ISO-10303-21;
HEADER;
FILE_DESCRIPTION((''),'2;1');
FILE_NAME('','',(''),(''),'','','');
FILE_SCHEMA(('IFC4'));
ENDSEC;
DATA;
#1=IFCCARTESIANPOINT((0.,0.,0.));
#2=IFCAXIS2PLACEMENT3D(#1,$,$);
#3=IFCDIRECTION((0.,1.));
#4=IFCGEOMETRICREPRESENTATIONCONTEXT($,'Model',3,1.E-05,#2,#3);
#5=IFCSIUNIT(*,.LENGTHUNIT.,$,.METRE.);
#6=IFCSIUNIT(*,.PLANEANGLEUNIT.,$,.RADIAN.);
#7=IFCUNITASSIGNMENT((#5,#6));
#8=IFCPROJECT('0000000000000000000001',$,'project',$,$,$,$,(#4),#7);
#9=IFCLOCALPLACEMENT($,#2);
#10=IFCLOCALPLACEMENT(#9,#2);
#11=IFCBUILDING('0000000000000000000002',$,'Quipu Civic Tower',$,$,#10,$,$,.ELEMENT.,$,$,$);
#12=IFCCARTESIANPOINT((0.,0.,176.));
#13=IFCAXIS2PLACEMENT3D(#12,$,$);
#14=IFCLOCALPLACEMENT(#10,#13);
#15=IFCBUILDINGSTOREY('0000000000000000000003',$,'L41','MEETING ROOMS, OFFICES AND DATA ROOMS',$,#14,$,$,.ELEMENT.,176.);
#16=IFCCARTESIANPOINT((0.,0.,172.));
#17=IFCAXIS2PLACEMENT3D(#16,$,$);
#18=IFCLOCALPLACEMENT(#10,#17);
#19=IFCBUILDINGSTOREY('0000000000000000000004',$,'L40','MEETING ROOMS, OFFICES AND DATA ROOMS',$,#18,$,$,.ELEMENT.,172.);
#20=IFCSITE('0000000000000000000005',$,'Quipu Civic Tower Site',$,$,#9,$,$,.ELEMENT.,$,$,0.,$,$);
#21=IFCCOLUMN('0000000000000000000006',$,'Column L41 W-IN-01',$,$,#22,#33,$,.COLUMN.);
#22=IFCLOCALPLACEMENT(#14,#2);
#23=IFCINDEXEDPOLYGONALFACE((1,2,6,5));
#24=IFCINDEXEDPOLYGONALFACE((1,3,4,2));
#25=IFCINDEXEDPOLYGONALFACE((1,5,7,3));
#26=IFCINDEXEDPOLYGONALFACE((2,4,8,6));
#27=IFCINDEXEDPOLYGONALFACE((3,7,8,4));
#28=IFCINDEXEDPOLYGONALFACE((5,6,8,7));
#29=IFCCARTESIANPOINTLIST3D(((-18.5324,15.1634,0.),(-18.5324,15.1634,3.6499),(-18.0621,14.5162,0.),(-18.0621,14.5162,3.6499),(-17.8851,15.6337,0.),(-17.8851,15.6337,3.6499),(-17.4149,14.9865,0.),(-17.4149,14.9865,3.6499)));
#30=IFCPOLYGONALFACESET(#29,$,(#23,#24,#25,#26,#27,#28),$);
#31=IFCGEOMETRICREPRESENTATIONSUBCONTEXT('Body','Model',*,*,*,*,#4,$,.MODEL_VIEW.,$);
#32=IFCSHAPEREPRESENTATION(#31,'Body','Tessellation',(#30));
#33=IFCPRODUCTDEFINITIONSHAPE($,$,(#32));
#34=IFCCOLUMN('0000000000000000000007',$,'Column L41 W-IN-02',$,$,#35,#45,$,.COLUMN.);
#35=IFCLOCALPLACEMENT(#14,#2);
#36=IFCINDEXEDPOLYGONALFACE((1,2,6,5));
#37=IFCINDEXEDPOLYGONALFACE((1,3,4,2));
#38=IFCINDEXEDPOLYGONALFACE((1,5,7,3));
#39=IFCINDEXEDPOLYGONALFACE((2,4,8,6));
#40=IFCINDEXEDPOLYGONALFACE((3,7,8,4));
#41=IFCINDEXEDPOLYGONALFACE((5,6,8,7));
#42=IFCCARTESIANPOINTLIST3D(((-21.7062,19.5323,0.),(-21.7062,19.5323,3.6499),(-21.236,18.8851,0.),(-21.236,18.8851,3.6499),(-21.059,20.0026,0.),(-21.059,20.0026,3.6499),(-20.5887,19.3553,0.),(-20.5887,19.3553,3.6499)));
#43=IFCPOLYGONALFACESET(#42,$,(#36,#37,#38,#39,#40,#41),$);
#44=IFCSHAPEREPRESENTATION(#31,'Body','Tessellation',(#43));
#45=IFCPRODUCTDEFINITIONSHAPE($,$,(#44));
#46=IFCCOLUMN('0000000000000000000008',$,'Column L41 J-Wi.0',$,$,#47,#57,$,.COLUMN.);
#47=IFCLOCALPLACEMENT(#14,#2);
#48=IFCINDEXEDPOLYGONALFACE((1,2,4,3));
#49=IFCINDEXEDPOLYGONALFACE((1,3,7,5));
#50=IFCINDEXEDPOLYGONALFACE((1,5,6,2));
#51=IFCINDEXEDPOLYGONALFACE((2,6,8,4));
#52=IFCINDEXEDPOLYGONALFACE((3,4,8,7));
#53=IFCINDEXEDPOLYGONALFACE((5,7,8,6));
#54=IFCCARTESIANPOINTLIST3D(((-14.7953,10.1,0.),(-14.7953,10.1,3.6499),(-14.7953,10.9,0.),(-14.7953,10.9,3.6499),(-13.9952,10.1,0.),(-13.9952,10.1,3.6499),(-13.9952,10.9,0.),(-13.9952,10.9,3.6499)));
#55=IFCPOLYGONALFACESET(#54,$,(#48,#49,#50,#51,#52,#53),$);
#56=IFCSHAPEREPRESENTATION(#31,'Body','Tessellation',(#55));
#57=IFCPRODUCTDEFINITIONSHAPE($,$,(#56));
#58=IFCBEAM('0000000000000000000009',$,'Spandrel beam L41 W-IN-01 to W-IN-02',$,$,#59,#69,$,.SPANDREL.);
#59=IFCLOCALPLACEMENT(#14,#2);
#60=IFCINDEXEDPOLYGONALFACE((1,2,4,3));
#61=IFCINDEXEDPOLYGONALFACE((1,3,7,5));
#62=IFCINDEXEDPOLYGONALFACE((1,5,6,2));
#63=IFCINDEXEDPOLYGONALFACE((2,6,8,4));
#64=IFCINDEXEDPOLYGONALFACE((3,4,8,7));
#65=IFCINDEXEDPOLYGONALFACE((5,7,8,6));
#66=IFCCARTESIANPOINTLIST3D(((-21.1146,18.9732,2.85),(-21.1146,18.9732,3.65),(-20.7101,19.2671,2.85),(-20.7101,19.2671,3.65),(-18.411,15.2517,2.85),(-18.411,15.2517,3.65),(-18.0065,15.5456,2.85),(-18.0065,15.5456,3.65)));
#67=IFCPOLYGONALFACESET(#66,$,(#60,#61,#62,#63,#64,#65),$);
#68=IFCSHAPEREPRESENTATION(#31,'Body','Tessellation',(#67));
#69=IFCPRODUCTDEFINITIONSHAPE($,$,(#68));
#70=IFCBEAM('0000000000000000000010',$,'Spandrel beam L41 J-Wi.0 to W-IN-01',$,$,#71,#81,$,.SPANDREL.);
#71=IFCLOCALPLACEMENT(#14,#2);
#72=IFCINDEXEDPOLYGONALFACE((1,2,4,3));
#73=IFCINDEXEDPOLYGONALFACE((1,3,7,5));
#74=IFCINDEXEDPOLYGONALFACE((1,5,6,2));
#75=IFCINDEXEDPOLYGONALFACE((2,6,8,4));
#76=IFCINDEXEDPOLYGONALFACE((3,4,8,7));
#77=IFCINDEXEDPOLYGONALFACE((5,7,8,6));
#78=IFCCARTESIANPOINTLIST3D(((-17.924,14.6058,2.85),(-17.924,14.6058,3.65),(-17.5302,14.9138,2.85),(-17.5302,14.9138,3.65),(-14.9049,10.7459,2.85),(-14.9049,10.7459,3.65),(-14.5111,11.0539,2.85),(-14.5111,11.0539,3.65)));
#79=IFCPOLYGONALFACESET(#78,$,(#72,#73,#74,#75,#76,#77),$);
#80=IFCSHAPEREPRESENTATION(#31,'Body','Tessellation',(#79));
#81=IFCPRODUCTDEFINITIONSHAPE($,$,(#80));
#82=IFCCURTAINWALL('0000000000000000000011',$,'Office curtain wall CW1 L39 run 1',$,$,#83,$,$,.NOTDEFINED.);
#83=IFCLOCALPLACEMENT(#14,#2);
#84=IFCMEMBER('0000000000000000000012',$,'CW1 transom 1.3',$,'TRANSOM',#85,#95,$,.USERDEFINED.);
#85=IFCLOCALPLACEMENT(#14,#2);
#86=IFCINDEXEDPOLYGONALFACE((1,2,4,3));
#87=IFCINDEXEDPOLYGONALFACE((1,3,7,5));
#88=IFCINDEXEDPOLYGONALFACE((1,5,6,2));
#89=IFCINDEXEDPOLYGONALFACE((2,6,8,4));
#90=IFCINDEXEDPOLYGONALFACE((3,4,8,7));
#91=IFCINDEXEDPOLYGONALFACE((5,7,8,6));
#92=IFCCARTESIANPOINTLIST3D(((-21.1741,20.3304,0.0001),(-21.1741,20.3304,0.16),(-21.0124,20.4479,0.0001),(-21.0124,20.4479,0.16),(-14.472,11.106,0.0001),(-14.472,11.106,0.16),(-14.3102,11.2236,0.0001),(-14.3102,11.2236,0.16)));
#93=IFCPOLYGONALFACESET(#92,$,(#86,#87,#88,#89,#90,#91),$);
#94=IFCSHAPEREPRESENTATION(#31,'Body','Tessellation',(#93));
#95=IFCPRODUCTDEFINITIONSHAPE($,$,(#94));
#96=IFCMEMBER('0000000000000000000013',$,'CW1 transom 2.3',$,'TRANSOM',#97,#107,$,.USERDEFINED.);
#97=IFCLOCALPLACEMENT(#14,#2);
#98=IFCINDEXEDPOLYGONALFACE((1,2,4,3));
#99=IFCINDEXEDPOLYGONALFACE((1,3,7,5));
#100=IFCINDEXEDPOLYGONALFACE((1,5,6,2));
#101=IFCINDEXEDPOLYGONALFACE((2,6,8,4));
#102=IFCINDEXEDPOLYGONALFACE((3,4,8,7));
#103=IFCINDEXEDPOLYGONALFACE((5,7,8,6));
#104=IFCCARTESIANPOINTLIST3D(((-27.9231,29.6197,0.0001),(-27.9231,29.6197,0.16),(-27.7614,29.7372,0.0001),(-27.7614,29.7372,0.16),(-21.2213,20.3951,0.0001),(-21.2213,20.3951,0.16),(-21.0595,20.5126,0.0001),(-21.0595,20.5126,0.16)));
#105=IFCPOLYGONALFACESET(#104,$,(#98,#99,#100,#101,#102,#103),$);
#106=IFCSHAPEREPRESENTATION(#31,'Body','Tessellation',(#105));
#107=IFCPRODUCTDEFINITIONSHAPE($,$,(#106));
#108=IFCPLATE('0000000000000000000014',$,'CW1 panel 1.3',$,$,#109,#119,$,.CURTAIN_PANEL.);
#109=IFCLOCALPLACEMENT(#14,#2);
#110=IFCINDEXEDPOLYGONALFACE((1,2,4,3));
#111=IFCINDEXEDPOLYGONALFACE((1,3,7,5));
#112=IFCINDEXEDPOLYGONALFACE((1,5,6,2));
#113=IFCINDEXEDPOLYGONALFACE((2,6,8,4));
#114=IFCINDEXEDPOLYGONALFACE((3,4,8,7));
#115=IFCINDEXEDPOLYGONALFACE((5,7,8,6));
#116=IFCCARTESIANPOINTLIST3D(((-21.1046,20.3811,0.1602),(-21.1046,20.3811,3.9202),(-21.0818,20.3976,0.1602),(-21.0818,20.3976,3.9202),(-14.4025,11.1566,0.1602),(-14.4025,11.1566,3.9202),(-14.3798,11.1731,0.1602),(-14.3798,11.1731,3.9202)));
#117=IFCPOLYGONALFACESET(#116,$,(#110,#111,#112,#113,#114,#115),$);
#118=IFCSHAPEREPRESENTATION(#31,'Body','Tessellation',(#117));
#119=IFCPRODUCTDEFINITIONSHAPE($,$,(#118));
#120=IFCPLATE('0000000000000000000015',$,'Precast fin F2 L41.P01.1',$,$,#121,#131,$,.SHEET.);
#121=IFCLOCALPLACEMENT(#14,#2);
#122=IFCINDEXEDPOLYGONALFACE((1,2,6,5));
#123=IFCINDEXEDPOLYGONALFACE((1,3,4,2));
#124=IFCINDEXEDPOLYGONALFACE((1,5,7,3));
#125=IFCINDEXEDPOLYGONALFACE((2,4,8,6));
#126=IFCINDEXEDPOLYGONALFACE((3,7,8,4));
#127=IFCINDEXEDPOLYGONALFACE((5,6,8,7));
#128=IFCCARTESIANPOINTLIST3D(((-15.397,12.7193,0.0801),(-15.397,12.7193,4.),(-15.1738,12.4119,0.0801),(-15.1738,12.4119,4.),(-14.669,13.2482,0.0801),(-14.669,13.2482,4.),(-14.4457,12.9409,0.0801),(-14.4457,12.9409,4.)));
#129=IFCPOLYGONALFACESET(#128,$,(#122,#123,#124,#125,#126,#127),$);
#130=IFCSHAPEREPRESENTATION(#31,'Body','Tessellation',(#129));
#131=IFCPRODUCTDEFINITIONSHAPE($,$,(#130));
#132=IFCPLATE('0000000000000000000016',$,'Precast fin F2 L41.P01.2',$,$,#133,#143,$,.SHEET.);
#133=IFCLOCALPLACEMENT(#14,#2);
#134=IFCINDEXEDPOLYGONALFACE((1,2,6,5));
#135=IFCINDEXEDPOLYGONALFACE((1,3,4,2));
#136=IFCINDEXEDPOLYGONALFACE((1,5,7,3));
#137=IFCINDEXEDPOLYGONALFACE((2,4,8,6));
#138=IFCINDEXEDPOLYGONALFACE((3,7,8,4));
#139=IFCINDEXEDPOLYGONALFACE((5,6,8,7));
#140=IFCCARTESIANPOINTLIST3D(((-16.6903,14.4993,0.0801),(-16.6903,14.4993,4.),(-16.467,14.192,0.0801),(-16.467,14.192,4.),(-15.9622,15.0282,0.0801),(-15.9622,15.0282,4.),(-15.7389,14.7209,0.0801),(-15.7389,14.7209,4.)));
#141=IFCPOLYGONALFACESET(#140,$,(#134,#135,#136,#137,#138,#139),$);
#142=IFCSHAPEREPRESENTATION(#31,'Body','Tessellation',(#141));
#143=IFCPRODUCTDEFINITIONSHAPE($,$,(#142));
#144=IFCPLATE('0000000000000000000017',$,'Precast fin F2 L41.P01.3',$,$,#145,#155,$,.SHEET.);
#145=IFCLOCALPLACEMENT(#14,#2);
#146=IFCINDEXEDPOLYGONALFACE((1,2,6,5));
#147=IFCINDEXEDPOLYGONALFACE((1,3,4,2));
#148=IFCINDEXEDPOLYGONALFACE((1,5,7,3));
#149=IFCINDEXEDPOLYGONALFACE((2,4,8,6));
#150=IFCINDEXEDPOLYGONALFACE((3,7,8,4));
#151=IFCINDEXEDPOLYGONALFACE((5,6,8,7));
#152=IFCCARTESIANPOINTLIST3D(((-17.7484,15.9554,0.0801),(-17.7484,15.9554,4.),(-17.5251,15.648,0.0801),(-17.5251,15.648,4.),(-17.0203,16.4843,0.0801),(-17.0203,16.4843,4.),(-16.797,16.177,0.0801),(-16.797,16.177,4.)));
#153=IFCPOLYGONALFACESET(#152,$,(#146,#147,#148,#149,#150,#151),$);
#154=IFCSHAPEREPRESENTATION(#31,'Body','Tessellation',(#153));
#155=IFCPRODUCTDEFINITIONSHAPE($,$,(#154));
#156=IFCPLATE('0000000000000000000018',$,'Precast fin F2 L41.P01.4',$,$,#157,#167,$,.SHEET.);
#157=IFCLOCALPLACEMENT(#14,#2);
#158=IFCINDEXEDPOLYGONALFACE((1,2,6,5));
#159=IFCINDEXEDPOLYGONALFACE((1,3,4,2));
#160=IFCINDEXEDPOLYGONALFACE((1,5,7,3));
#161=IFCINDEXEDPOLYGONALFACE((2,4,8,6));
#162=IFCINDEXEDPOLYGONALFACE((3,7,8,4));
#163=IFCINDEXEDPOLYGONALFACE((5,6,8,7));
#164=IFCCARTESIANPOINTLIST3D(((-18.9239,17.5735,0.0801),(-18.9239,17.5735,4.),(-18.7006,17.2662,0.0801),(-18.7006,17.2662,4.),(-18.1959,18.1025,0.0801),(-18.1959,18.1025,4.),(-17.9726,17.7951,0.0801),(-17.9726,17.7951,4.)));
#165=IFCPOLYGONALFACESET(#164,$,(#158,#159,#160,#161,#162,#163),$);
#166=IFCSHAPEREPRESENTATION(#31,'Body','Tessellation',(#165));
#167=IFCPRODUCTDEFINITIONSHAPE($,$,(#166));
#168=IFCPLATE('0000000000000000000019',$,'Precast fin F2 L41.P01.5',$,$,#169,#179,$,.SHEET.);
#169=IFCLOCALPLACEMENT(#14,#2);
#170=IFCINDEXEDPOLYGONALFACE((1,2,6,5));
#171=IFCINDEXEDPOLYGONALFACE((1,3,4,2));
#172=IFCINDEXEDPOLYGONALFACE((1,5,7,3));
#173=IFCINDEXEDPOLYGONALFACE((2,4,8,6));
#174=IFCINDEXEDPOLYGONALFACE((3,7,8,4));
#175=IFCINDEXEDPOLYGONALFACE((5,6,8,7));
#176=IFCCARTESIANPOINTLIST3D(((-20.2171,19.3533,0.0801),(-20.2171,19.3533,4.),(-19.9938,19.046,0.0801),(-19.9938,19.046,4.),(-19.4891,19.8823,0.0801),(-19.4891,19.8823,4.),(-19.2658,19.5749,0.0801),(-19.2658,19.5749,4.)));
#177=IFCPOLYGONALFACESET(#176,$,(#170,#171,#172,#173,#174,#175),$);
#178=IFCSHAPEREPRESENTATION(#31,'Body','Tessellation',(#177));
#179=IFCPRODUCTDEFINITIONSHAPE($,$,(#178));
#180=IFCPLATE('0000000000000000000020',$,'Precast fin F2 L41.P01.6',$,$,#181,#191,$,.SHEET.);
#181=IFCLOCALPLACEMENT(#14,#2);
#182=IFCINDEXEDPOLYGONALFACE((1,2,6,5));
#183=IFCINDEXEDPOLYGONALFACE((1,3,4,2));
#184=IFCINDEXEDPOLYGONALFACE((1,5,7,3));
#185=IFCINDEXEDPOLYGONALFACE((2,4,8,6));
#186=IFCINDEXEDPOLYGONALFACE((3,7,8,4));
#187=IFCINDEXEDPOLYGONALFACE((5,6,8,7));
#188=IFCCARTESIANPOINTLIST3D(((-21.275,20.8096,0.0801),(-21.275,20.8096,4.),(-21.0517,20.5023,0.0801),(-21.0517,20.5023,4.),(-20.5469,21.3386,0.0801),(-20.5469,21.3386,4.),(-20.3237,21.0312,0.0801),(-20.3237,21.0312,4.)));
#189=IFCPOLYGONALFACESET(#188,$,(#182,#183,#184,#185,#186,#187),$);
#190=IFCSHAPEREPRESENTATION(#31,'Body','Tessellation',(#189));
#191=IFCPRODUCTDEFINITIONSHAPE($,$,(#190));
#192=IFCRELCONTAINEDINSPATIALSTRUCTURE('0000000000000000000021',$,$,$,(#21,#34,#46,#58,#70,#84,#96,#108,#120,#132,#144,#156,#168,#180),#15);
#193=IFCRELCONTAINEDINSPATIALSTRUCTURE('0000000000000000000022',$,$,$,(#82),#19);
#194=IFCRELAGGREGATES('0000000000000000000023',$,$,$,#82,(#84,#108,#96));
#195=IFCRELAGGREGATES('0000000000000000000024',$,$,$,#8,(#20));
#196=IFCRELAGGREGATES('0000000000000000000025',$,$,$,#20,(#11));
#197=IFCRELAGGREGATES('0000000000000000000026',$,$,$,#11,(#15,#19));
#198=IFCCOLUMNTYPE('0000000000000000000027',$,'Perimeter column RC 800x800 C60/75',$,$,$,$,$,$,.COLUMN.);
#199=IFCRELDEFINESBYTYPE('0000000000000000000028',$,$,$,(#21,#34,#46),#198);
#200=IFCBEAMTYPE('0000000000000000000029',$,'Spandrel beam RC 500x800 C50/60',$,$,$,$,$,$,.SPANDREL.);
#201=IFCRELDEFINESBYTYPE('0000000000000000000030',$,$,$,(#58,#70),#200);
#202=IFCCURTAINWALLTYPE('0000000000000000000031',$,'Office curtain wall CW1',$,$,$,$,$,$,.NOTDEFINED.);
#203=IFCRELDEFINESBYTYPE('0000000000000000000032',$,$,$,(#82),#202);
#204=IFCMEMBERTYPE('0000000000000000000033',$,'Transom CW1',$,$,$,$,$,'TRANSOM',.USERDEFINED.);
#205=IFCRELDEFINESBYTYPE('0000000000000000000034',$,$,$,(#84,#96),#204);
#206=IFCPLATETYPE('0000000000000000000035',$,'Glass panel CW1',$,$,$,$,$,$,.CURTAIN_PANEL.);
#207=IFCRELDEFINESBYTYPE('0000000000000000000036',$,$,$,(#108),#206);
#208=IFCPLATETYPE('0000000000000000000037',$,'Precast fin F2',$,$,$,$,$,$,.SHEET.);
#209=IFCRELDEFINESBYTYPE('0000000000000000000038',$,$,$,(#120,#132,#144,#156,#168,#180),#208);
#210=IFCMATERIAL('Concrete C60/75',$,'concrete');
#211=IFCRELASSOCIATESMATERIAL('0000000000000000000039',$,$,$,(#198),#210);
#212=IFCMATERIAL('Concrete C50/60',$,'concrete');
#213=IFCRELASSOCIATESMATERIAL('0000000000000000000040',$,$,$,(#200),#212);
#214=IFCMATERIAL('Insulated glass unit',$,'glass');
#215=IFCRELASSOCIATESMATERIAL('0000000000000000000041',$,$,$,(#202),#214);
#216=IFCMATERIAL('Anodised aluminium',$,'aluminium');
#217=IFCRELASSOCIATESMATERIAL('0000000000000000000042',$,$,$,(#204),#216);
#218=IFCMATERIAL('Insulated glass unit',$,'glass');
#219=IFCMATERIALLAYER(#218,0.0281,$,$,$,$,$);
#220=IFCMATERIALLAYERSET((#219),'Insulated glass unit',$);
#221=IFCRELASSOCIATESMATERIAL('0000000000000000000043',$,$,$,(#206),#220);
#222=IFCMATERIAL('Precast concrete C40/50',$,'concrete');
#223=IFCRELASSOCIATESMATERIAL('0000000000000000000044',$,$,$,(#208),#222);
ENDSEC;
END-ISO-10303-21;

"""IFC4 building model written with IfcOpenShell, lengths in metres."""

from ifc_helpers import new_model, si_unit, direction, frame, origin, origin_2d, place, context, subcontext, project, spatial, rectangle, extrude, material, layer, layer_set, material_profile, profile_set, type_object, element, aggregate, save


model = new_model("IFC4")

# Units and contexts
model_context = context("Model", 3, precision=1e-05, world=origin(), true_north=direction((0.0, 1.0)))
body_context = subcontext(model_context, "Body", "Model", "MODEL_VIEW")
ifc_project = project(units=[si_unit("LENGTHUNIT", "METRE"), si_unit("PLANEANGLEUNIT", "RADIAN")], contexts=[model_context])

# Site, building, storey
site_placement = place(None, origin())
site = spatial("IfcSite", under=ifc_project, at=site_placement, Name="Quipu Civic Tower Site", CompositionType="ELEMENT", RefElevation=0.0)
building_placement = place(site_placement, origin())
building = spatial("IfcBuilding", under=site, at=building_placement, Name="Quipu Civic Tower", CompositionType="ELEMENT")
storey_1_placement = place(building_placement, frame((0.0, 0.0, 176.0)))
storey_1 = spatial("IfcBuildingStorey", under=building, at=storey_1_placement, Name="L41", Description="MEETING ROOMS, OFFICES AND DATA ROOMS", CompositionType="ELEMENT", Elevation=176.0)

# Columns
ifc_material_1 = material(Name="Concrete C60/75", Category="concrete")
ifc_material_profile_1 = material_profile(ifc_material_1, rectangle(XDim=0.8, YDim=0.8, at=origin_2d()), Name="RC800x800")
ifc_profile_set_1 = profile_set([ifc_material_profile_1], Name="Concrete C60/75")
column_type = type_object("IfcColumnType", Name="Perimeter column RC 800x800 C60/75", PredefinedType="COLUMN", material=ifc_profile_set_1)
for number, where, z_axis, x_axis, name in (
    (1, (-17.9736, 15.075, 0.0), (0.0, 0.0, 1.0), (-0.587785, 0.809017, 0.0), "Column L41 W-IN-01"),
    (2, (-21.1475, 19.4438, 0.0), (0.0, 0.0, 1.0), (-0.587785, 0.809017, 0.0), "Column L41 W-IN-02"),
    (3, (-14.3953, 10.5, 0.0), (0.0, 0.0, 1.0), (-1.0, 0.0, 0.0), "Column L41 J-Wi.0"),
):
    element("IfcColumn", number, at=place(storey_1_placement, frame(where, z_axis=z_axis, x_axis=x_axis)), inside=storey_1, type_object=column_type, Name=name, PredefinedType="COLUMN", context=body_context, shape_type="SweptSolid", body=[
        extrude(rectangle(XDim=0.8, YDim=0.8, at=origin_2d()), origin(), (0.0, 0.0, 1.0), 3.6499),
    ])

# Beams
ifc_material_2 = material(Name="Concrete C50/60", Category="concrete")
ifc_material_profile_2 = material_profile(ifc_material_2, rectangle(XDim=0.5, YDim=0.8, at=origin_2d()), Name="RC500x800")
ifc_profile_set_2 = profile_set([ifc_material_profile_2], Name="Concrete C50/60")
beam_type = type_object("IfcBeamType", Name="Spandrel beam RC 500x800 C50/60", PredefinedType="SPANDREL", material=ifc_profile_set_2)
beam_1_placement = place(storey_1_placement, frame((-18.2087, 15.3987, 3.25), z_axis=(-0.587761, 0.809034, 0.0), x_axis=(-0.809034, -0.587761, 0.0)))
element("IfcBeam", 4, at=beam_1_placement, inside=storey_1, type_object=beam_type, Name="Spandrel beam L41 W-IN-01 to W-IN-02", PredefinedType="SPANDREL", context=body_context, shape_type="SweptSolid", body=[
    extrude(rectangle(XDim=0.5, YDim=0.8, at=origin_2d()), origin(), (0.0, 0.0, 1.0), 4.5999),
])
beam_2_placement = place(storey_1_placement, frame((-14.708, 10.8999, 3.25), z_axis=(-0.616091, 0.787675, 0.0), x_axis=(-0.787675, -0.616091, 0.0)))
element("IfcBeam", 5, at=beam_2_placement, inside=storey_1, type_object=beam_type, Name="Spandrel beam L41 J-Wi.0 to W-IN-01", PredefinedType="SPANDREL", context=body_context, shape_type="SweptSolid", body=[
    extrude(rectangle(XDim=0.5, YDim=0.8, at=origin_2d()), origin(), (0.0, 0.0, 1.0), 4.9004),
])

# Shared definitions
storey_2_placement = place(building_placement, frame((0.0, 0.0, 172.0)))
storey_2 = spatial("IfcBuildingStorey", under=building, at=storey_2_placement, Name="L40", Description="MEETING ROOMS, OFFICES AND DATA ROOMS", CompositionType="ELEMENT", Elevation=172.0)

# Curtain wall, members, plate
ifc_material_3 = material(Name="Insulated glass unit", Category="glass")
curtain_wall_type = type_object("IfcCurtainWallType", Name="Office curtain wall CW1", PredefinedType="NOTDEFINED", material=ifc_material_3)
curtain_wall_placement = place(storey_2_placement, origin())
curtain_wall = element("IfcCurtainWall", 6, at=curtain_wall_placement, inside=storey_2, type_object=curtain_wall_type, Name="Office curtain wall CW1 L39 run 1", PredefinedType="NOTDEFINED")
ifc_material_4 = material(Name="Anodised aluminium", Category="aluminium")
ifc_material_profile_3 = material_profile(ifc_material_4, rectangle(XDim=0.2, YDim=0.1599, at=origin_2d()), Name="RECT 200x160")
ifc_profile_set_3 = profile_set([ifc_material_profile_3], Name="Anodised aluminium")
member_type = type_object("IfcMemberType", Name="Transom CW1", ElementType="TRANSOM", PredefinedType="USERDEFINED", material=ifc_profile_set_3)
member_1_placement = place(storey_1_placement, frame((-14.3911, 11.1648, 0.0801), z_axis=(-0.5878, 0.809006, 0.0), x_axis=(-0.809006, -0.5878, 0.0)))
member_1 = element("IfcMember", 7, at=member_1_placement, inside=storey_1, type_object=member_type, Name="CW1 transom 1.3", ObjectType="TRANSOM", PredefinedType="USERDEFINED", context=body_context, shape_type="SweptSolid", body=[
    extrude(rectangle(XDim=0.2, YDim=0.1599, at=origin_2d()), origin(), (0.0, 0.0, 1.0), 11.4021),
])
member_2_placement = place(storey_1_placement, frame((-21.1404, 20.4539, 0.0801), z_axis=(-0.587776, 0.809024, 0.0), x_axis=(-0.809024, -0.587776, 0.0)))
member_2 = element("IfcMember", 8, at=member_2_placement, inside=storey_1, type_object=member_type, Name="CW1 transom 2.3", ObjectType="TRANSOM", PredefinedType="USERDEFINED", context=body_context, shape_type="SweptSolid", body=[
    extrude(rectangle(XDim=0.2, YDim=0.1599, at=origin_2d()), origin(), (0.0, 0.0, 1.0), 11.4021),
])
ifc_material_5 = material(Name="Insulated glass unit", Category="glass")
ifc_layer_1 = layer(ifc_material_5, 0.0281)
ifc_layer_set_1 = layer_set([ifc_layer_1], Name="Insulated glass unit")
plate_type_1 = type_object("IfcPlateType", Name="Glass panel CW1", PredefinedType="CURTAIN_PANEL", material=ifc_layer_set_1)
plate_placement = place(storey_1_placement, frame((-17.7422, 15.7771, 0.1602), z_axis=(0.0, 0.0, 1.0), x_axis=(-0.587789, 0.809014, 0.0)))
plate = element("IfcPlate", 9, at=plate_placement, inside=storey_1, type_object=plate_type_1, Name="CW1 panel 1.3", PredefinedType="CURTAIN_PANEL", context=body_context, shape_type="SweptSolid", body=[
    extrude(rectangle(XDim=11.4021, YDim=0.0281, at=origin_2d()), origin(), (0.0, 0.0, 1.0), 3.76),
])
aggregate(curtain_wall, [member_1, plate, member_2])

# Plates
ifc_material_6 = material(Name="Precast concrete C40/50", Category="concrete")
plate_type_2 = type_object("IfcPlateType", Name="Precast fin F2", PredefinedType="SHEET", material=ifc_material_6)
for number, where, z_axis, x_axis, name in (
    (10, (-14.9214, 12.8301, 0.0801), (0.0, 0.0, 1.0), (-0.587787, 0.809016, 0.0), "Precast fin F2 L41.P01.1"),
    (11, (-16.2146, 14.6101, 0.0801), (0.0, 0.0, 1.0), (-0.587787, 0.809016, 0.0), "Precast fin F2 L41.P01.2"),
    (12, (-17.2727, 16.0662, 0.0801), (0.0, 0.0, 1.0), (-0.587787, 0.809016, 0.0), "Precast fin F2 L41.P01.3"),
    (13, (-18.4482, 17.6843, 0.0801), (0.0, 0.0, 1.0), (-0.587787, 0.809016, 0.0), "Precast fin F2 L41.P01.4"),
    (14, (-19.7415, 19.4641, 0.0801), (0.0, 0.0, 1.0), (-0.587787, 0.809016, 0.0), "Precast fin F2 L41.P01.5"),
    (15, (-20.7993, 20.9204, 0.0801), (0.0, 0.0, 1.0), (-0.587787, 0.809016, 0.0), "Precast fin F2 L41.P01.6"),
):
    element("IfcPlate", number, at=place(storey_1_placement, frame(where, z_axis=z_axis, x_axis=x_axis)), inside=storey_1, type_object=plate_type_2, Name=name, PredefinedType="SHEET", context=body_context, shape_type="SweptSolid", body=[
        extrude(rectangle(XDim=0.3799, YDim=0.8999, at=origin_2d()), origin(), (0.0, 0.0, 1.0), 3.9199),
    ])

save(model, "model.ifc")
